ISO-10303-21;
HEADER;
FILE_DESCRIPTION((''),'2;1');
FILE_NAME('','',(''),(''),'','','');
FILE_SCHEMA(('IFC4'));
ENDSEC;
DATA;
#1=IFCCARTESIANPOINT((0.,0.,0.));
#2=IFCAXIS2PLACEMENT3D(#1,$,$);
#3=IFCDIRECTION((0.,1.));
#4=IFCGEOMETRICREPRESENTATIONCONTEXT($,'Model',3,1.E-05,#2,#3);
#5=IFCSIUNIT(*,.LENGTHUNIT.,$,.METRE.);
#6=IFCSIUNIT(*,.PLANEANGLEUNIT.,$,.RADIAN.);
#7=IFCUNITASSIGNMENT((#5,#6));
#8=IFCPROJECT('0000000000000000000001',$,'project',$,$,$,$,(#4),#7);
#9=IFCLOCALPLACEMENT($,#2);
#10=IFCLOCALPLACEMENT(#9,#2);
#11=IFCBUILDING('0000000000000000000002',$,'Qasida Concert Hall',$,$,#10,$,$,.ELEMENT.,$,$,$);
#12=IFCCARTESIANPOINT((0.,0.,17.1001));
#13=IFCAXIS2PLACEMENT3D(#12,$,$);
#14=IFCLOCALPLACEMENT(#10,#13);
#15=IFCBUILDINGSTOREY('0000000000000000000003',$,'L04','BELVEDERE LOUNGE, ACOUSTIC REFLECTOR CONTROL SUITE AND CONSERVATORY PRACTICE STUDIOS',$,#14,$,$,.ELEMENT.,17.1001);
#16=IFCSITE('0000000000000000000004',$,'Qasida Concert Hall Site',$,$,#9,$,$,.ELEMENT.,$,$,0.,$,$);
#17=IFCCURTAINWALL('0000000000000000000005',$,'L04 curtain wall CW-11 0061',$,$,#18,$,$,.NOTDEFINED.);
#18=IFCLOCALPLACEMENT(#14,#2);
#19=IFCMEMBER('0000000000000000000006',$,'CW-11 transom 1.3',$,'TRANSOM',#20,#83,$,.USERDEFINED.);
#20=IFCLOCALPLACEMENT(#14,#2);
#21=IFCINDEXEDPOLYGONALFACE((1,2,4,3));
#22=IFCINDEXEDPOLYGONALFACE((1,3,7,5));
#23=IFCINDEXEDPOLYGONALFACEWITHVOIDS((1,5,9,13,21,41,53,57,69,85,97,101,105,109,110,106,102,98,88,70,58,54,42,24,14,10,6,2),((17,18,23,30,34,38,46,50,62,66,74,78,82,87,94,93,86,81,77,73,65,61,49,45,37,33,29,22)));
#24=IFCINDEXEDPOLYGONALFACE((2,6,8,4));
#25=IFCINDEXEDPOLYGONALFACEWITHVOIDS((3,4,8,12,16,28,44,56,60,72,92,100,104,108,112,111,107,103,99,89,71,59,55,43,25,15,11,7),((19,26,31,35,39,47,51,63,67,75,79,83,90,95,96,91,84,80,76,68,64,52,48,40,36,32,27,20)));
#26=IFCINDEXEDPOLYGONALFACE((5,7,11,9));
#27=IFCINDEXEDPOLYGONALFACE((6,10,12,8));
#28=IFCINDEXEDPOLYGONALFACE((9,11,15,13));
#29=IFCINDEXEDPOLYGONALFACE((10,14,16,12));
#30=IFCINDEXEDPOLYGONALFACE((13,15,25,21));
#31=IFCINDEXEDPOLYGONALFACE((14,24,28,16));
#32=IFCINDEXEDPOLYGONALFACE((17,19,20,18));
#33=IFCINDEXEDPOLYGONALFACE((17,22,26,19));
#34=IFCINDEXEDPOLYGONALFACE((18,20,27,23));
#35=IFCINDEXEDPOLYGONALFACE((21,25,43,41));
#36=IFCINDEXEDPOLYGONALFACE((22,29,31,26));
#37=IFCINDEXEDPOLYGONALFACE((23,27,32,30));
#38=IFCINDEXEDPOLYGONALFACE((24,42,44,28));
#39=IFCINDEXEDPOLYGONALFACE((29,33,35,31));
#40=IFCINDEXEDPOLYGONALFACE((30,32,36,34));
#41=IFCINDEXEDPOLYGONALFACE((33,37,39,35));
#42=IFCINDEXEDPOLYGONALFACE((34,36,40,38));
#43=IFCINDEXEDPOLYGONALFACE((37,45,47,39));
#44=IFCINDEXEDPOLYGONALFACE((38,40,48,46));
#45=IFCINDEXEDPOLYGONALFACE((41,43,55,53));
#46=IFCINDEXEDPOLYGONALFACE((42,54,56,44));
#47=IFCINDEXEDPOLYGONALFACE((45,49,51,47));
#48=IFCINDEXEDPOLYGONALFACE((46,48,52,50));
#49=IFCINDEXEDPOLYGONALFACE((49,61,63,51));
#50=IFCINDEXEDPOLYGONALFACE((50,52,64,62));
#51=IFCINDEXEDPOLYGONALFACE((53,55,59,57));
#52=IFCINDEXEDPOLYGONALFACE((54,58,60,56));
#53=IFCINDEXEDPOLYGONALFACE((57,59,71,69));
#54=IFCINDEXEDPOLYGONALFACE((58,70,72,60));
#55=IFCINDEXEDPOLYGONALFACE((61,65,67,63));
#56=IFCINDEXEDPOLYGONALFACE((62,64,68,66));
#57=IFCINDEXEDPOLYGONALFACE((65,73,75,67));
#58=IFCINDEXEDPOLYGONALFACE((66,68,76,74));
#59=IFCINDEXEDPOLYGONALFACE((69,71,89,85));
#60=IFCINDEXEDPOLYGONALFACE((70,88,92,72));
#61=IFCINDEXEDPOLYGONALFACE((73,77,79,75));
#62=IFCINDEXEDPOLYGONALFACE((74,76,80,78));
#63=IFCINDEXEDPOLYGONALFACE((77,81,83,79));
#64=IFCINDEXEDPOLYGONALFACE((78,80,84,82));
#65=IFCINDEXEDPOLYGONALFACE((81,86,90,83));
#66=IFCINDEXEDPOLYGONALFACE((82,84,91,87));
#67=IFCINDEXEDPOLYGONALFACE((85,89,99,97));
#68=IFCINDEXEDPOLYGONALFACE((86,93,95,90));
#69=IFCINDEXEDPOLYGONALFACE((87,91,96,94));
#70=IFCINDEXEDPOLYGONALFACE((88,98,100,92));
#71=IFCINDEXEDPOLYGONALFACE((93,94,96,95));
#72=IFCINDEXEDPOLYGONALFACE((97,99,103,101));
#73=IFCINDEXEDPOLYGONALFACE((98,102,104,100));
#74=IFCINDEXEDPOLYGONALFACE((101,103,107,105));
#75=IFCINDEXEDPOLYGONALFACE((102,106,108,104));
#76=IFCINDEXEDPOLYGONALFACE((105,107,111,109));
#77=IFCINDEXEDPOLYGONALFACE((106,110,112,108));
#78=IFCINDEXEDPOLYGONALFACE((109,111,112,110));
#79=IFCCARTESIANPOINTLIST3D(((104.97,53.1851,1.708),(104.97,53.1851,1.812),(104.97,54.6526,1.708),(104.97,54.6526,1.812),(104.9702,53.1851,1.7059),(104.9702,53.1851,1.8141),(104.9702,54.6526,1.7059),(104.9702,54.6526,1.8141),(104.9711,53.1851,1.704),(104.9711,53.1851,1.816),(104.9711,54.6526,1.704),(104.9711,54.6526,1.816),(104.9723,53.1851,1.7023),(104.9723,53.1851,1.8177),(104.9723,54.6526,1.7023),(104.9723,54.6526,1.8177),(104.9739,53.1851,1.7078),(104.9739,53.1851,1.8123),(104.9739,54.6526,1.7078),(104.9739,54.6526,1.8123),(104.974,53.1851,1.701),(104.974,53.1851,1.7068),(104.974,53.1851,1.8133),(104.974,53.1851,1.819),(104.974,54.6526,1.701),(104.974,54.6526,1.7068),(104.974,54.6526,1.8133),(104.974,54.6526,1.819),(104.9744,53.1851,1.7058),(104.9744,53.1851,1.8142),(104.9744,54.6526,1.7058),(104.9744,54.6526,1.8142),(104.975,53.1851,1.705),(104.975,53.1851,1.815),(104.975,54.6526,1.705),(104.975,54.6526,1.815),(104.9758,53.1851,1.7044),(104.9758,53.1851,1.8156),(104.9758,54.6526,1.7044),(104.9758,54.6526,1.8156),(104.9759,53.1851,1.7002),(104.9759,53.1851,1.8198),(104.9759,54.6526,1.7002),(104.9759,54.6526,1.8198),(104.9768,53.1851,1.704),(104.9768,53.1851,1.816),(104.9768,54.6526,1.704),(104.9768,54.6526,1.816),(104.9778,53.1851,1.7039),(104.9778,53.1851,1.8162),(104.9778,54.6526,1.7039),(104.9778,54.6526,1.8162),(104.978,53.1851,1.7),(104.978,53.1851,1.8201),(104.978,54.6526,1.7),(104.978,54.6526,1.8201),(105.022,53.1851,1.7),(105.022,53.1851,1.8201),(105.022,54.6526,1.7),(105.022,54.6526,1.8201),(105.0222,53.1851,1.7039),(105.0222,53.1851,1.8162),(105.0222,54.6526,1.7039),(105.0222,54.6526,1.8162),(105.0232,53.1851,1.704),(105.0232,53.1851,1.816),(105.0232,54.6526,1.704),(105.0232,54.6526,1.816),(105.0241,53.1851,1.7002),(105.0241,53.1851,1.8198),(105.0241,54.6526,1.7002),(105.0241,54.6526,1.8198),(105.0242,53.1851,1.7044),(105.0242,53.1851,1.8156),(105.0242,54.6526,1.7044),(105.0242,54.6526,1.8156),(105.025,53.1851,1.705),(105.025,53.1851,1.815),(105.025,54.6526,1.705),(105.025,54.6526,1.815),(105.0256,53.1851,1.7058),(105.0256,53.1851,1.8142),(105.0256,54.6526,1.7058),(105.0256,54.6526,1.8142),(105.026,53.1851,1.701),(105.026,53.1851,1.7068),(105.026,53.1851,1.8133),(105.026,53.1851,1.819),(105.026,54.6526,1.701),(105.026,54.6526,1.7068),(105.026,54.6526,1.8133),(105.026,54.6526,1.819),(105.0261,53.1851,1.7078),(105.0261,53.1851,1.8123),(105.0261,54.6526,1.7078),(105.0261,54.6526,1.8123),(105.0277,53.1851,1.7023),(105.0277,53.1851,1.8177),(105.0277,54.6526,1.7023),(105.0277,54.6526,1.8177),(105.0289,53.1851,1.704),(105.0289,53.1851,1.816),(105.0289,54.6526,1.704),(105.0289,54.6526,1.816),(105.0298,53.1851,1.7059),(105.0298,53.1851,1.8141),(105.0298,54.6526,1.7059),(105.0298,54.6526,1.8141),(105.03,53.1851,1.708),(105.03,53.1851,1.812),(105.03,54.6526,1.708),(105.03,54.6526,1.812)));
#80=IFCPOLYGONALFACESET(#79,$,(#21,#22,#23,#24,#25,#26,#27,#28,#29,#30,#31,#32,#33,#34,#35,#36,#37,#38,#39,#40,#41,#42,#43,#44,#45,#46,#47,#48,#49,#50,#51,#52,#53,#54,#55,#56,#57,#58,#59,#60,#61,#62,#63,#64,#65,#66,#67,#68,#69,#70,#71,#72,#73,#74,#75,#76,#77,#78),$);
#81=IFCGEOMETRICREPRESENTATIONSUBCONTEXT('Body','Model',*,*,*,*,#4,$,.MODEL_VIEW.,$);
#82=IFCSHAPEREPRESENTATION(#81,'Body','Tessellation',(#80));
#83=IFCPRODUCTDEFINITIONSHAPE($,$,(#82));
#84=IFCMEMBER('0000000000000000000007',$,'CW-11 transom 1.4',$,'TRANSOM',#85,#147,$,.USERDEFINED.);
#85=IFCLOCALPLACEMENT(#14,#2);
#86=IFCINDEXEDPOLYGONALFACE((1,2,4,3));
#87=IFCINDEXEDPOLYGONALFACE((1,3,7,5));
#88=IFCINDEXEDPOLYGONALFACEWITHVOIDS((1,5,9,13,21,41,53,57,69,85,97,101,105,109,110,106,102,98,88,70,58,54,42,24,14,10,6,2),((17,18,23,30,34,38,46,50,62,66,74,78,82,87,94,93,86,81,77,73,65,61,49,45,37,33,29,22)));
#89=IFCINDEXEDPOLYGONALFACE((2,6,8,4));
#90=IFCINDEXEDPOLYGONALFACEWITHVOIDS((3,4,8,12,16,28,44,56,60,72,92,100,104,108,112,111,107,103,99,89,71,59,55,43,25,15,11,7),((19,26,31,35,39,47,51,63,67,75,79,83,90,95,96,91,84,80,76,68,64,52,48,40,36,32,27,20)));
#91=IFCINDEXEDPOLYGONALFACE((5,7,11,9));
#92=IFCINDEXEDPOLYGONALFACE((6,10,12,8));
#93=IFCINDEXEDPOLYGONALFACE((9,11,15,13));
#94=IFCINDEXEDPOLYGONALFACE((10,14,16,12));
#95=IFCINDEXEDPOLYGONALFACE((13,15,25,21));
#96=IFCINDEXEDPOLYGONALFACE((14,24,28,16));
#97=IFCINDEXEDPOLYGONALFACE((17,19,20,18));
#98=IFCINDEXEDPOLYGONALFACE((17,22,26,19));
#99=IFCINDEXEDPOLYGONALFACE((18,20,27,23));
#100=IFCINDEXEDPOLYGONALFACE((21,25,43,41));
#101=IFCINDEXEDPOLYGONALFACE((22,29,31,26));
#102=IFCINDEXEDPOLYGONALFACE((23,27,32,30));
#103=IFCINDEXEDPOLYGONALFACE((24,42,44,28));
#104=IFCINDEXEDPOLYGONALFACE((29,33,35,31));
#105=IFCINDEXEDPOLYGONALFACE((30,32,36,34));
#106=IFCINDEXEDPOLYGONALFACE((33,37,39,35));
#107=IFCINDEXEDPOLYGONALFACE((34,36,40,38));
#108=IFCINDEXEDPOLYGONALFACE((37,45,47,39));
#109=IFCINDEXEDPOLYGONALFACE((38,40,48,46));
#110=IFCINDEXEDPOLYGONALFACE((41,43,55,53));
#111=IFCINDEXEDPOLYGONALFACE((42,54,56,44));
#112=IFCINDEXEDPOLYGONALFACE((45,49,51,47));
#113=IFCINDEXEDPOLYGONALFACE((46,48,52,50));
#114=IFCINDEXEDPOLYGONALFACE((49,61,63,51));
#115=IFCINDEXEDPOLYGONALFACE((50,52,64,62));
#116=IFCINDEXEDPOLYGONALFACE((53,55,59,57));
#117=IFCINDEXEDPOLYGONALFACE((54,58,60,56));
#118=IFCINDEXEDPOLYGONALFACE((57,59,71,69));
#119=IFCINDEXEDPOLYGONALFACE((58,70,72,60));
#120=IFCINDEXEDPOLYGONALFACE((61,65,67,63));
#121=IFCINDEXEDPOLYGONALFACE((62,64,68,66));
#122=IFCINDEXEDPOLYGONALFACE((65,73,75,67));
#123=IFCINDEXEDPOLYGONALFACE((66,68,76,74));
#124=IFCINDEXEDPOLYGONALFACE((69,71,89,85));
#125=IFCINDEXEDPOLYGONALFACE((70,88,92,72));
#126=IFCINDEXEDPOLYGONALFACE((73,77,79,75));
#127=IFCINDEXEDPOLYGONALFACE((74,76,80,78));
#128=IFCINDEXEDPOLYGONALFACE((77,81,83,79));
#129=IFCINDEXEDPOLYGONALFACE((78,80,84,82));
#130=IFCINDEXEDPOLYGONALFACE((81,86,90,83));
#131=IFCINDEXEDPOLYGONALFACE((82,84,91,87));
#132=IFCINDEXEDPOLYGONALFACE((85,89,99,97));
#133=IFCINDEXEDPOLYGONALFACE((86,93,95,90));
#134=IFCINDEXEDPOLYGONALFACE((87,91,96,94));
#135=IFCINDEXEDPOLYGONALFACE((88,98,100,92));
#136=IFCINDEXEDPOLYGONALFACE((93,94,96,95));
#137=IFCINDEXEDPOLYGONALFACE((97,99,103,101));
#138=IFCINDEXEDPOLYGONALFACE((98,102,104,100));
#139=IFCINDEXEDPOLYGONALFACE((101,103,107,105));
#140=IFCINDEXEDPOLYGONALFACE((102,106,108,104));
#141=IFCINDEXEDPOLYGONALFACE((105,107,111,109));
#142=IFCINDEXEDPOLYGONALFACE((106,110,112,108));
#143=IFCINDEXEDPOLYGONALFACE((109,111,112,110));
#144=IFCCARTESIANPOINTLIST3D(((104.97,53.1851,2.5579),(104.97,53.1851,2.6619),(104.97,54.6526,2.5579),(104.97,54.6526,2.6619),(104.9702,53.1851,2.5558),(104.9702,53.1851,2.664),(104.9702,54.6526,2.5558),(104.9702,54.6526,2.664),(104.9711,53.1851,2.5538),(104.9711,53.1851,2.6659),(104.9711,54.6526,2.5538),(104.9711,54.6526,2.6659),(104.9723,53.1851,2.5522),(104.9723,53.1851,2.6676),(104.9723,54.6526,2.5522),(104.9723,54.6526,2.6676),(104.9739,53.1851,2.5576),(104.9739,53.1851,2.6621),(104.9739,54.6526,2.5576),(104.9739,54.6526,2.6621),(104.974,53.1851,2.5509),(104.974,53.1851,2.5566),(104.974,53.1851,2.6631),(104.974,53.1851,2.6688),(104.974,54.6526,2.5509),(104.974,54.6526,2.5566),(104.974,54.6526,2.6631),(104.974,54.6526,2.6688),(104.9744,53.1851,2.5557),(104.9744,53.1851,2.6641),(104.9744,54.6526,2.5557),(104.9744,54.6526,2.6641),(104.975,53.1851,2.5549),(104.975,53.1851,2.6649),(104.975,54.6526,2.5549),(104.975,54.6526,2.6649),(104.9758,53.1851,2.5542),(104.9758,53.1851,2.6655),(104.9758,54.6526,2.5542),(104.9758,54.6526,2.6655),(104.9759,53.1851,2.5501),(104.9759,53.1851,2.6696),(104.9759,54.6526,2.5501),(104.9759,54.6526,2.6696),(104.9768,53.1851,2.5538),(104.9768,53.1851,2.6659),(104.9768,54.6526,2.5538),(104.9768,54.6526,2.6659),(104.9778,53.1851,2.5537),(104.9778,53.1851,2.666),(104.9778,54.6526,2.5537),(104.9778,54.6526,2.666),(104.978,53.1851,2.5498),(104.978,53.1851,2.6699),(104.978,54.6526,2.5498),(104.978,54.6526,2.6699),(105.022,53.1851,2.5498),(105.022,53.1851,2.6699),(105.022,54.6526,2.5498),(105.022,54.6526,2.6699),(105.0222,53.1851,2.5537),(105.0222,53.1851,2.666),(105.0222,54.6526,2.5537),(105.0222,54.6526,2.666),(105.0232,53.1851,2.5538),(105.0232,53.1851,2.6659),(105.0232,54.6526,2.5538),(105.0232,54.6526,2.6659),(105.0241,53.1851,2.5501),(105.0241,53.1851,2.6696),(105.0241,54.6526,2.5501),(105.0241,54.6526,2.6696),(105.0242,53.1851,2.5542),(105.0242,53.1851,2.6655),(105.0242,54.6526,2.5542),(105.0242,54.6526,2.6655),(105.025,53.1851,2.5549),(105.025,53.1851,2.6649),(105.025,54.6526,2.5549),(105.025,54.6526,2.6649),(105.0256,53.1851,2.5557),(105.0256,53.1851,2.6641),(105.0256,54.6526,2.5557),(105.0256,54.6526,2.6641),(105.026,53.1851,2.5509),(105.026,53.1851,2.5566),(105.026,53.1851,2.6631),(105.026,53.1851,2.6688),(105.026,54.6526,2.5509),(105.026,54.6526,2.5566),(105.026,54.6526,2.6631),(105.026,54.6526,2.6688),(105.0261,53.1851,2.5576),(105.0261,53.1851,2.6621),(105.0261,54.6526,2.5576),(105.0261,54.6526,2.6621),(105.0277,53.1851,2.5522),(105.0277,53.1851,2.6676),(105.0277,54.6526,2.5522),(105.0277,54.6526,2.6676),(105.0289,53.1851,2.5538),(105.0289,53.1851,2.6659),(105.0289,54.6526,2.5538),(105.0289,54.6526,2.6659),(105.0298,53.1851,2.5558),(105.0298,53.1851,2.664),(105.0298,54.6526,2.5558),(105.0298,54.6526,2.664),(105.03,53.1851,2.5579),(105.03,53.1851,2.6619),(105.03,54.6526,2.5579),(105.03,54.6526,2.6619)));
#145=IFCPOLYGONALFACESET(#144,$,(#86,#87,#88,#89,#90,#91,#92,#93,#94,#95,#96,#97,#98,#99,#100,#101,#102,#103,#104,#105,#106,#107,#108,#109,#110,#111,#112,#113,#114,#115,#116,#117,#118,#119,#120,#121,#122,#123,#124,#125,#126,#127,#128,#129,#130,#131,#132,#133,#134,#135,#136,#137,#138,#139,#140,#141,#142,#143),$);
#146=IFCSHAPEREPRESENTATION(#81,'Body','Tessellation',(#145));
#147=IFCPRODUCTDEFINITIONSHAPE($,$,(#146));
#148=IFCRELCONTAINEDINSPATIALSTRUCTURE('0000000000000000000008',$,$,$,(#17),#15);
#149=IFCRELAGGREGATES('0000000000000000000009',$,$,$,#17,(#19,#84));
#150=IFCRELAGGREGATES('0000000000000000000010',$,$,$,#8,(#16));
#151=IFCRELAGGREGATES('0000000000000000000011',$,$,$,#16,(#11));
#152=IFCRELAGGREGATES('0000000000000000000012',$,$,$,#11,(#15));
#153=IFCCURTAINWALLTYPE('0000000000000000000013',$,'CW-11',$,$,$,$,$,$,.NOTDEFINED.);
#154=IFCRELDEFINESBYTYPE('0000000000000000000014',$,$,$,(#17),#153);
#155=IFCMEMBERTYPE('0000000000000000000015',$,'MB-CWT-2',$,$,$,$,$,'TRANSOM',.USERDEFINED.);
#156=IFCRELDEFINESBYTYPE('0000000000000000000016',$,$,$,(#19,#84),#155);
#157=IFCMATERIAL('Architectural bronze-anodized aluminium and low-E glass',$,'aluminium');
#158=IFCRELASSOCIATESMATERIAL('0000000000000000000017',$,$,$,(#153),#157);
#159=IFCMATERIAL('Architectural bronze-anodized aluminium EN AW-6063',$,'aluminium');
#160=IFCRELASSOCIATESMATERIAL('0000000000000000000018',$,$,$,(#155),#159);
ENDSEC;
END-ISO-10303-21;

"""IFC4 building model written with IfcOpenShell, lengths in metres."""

from ifc_helpers import new_model, si_unit, direction, frame, origin, origin_2d, place, context, subcontext, project, spatial, hollow_rectangle, extrude, material, material_profile, profile_set, type_object, element, aggregate, save


model = new_model("IFC4")

# Units and contexts
model_context = context("Model", 3, precision=1e-05, world=origin(), true_north=direction((0.0, 1.0)))
body_context = subcontext(model_context, "Body", "Model", "MODEL_VIEW")
ifc_project = project(units=[si_unit("LENGTHUNIT", "METRE"), si_unit("PLANEANGLEUNIT", "RADIAN")], contexts=[model_context])

# Site, building, storey
site_placement = place(None, origin())
site = spatial("IfcSite", under=ifc_project, at=site_placement, Name="Qasida Concert Hall Site", CompositionType="ELEMENT", RefElevation=0.0)
building_placement = place(site_placement, origin())
building = spatial("IfcBuilding", under=site, at=building_placement, Name="Qasida Concert Hall", CompositionType="ELEMENT")
storey_placement = place(building_placement, frame((0.0, 0.0, 17.1001)))
storey = spatial("IfcBuildingStorey", under=building, at=storey_placement, Name="L04", Description="BELVEDERE LOUNGE, ACOUSTIC REFLECTOR CONTROL SUITE AND CONSERVATORY PRACTICE STUDIOS", CompositionType="ELEMENT", Elevation=17.1001)

# Curtain wall, members
ifc_material_1 = material(Name="Architectural bronze-anodized aluminium and low-E glass", Category="aluminium")
curtain_wall_type = type_object("IfcCurtainWallType", Name="CW-11", PredefinedType="NOTDEFINED", material=ifc_material_1)
curtain_wall_placement = place(storey_placement, origin())
curtain_wall = element("IfcCurtainWall", 1, at=curtain_wall_placement, inside=storey, type_object=curtain_wall_type, Name="L04 curtain wall CW-11 0061", PredefinedType="NOTDEFINED")
ifc_material_2 = material(Name="Architectural bronze-anodized aluminium EN AW-6063", Category="aluminium")
ifc_material_profile_1 = material_profile(ifc_material_2, hollow_rectangle(XDim=0.0601, YDim=0.1201, WallThickness=0.0039, InnerFilletRadius=0.0039, OuterFilletRadius=0.0081, at=origin_2d()), Name="CWT 120x60x4")
ifc_profile_set_1 = profile_set([ifc_material_profile_1], Name="Architectural bronze-anodized aluminium EN AW-6063")
member_type_1 = type_object("IfcMemberType", Name="MB-CWT-2", ElementType="TRANSOM", PredefinedType="USERDEFINED", material=ifc_profile_set_1)
member_1_placement = place(storey_placement, frame((105.0, 53.1851, 1.76), z_axis=(0.0, 1.0, 0.0), x_axis=(-1.0, 0.0, 0.0)))
member_1 = element("IfcMember", 2, at=member_1_placement, type_object=member_type_1, Name="CW-11 transom 1.3", ObjectType="TRANSOM", PredefinedType="USERDEFINED", context=body_context, shape_type="SweptSolid", body=[
    extrude(hollow_rectangle(XDim=0.0601, YDim=0.1201, WallThickness=0.0039, InnerFilletRadius=0.0039, OuterFilletRadius=0.0081, at=origin_2d()), origin(), (0.0, 0.0, 1.0), 1.4675),
])
member_2_placement = place(storey_placement, frame((105.0, 53.1851, 2.6099), z_axis=(0.0, 1.0, 0.0), x_axis=(-1.0, 0.0, 0.0)))
member_2 = element("IfcMember", 3, at=member_2_placement, type_object=member_type_1, Name="CW-11 transom 1.4", ObjectType="TRANSOM", PredefinedType="USERDEFINED", context=body_context, shape_type="SweptSolid", body=[
    extrude(hollow_rectangle(XDim=0.0601, YDim=0.1201, WallThickness=0.0039, InnerFilletRadius=0.0039, OuterFilletRadius=0.0081, at=origin_2d()), origin(), (0.0, 0.0, 1.0), 1.4675),
])
aggregate(curtain_wall, [member_1, member_2])

save(model, "model.ifc")
